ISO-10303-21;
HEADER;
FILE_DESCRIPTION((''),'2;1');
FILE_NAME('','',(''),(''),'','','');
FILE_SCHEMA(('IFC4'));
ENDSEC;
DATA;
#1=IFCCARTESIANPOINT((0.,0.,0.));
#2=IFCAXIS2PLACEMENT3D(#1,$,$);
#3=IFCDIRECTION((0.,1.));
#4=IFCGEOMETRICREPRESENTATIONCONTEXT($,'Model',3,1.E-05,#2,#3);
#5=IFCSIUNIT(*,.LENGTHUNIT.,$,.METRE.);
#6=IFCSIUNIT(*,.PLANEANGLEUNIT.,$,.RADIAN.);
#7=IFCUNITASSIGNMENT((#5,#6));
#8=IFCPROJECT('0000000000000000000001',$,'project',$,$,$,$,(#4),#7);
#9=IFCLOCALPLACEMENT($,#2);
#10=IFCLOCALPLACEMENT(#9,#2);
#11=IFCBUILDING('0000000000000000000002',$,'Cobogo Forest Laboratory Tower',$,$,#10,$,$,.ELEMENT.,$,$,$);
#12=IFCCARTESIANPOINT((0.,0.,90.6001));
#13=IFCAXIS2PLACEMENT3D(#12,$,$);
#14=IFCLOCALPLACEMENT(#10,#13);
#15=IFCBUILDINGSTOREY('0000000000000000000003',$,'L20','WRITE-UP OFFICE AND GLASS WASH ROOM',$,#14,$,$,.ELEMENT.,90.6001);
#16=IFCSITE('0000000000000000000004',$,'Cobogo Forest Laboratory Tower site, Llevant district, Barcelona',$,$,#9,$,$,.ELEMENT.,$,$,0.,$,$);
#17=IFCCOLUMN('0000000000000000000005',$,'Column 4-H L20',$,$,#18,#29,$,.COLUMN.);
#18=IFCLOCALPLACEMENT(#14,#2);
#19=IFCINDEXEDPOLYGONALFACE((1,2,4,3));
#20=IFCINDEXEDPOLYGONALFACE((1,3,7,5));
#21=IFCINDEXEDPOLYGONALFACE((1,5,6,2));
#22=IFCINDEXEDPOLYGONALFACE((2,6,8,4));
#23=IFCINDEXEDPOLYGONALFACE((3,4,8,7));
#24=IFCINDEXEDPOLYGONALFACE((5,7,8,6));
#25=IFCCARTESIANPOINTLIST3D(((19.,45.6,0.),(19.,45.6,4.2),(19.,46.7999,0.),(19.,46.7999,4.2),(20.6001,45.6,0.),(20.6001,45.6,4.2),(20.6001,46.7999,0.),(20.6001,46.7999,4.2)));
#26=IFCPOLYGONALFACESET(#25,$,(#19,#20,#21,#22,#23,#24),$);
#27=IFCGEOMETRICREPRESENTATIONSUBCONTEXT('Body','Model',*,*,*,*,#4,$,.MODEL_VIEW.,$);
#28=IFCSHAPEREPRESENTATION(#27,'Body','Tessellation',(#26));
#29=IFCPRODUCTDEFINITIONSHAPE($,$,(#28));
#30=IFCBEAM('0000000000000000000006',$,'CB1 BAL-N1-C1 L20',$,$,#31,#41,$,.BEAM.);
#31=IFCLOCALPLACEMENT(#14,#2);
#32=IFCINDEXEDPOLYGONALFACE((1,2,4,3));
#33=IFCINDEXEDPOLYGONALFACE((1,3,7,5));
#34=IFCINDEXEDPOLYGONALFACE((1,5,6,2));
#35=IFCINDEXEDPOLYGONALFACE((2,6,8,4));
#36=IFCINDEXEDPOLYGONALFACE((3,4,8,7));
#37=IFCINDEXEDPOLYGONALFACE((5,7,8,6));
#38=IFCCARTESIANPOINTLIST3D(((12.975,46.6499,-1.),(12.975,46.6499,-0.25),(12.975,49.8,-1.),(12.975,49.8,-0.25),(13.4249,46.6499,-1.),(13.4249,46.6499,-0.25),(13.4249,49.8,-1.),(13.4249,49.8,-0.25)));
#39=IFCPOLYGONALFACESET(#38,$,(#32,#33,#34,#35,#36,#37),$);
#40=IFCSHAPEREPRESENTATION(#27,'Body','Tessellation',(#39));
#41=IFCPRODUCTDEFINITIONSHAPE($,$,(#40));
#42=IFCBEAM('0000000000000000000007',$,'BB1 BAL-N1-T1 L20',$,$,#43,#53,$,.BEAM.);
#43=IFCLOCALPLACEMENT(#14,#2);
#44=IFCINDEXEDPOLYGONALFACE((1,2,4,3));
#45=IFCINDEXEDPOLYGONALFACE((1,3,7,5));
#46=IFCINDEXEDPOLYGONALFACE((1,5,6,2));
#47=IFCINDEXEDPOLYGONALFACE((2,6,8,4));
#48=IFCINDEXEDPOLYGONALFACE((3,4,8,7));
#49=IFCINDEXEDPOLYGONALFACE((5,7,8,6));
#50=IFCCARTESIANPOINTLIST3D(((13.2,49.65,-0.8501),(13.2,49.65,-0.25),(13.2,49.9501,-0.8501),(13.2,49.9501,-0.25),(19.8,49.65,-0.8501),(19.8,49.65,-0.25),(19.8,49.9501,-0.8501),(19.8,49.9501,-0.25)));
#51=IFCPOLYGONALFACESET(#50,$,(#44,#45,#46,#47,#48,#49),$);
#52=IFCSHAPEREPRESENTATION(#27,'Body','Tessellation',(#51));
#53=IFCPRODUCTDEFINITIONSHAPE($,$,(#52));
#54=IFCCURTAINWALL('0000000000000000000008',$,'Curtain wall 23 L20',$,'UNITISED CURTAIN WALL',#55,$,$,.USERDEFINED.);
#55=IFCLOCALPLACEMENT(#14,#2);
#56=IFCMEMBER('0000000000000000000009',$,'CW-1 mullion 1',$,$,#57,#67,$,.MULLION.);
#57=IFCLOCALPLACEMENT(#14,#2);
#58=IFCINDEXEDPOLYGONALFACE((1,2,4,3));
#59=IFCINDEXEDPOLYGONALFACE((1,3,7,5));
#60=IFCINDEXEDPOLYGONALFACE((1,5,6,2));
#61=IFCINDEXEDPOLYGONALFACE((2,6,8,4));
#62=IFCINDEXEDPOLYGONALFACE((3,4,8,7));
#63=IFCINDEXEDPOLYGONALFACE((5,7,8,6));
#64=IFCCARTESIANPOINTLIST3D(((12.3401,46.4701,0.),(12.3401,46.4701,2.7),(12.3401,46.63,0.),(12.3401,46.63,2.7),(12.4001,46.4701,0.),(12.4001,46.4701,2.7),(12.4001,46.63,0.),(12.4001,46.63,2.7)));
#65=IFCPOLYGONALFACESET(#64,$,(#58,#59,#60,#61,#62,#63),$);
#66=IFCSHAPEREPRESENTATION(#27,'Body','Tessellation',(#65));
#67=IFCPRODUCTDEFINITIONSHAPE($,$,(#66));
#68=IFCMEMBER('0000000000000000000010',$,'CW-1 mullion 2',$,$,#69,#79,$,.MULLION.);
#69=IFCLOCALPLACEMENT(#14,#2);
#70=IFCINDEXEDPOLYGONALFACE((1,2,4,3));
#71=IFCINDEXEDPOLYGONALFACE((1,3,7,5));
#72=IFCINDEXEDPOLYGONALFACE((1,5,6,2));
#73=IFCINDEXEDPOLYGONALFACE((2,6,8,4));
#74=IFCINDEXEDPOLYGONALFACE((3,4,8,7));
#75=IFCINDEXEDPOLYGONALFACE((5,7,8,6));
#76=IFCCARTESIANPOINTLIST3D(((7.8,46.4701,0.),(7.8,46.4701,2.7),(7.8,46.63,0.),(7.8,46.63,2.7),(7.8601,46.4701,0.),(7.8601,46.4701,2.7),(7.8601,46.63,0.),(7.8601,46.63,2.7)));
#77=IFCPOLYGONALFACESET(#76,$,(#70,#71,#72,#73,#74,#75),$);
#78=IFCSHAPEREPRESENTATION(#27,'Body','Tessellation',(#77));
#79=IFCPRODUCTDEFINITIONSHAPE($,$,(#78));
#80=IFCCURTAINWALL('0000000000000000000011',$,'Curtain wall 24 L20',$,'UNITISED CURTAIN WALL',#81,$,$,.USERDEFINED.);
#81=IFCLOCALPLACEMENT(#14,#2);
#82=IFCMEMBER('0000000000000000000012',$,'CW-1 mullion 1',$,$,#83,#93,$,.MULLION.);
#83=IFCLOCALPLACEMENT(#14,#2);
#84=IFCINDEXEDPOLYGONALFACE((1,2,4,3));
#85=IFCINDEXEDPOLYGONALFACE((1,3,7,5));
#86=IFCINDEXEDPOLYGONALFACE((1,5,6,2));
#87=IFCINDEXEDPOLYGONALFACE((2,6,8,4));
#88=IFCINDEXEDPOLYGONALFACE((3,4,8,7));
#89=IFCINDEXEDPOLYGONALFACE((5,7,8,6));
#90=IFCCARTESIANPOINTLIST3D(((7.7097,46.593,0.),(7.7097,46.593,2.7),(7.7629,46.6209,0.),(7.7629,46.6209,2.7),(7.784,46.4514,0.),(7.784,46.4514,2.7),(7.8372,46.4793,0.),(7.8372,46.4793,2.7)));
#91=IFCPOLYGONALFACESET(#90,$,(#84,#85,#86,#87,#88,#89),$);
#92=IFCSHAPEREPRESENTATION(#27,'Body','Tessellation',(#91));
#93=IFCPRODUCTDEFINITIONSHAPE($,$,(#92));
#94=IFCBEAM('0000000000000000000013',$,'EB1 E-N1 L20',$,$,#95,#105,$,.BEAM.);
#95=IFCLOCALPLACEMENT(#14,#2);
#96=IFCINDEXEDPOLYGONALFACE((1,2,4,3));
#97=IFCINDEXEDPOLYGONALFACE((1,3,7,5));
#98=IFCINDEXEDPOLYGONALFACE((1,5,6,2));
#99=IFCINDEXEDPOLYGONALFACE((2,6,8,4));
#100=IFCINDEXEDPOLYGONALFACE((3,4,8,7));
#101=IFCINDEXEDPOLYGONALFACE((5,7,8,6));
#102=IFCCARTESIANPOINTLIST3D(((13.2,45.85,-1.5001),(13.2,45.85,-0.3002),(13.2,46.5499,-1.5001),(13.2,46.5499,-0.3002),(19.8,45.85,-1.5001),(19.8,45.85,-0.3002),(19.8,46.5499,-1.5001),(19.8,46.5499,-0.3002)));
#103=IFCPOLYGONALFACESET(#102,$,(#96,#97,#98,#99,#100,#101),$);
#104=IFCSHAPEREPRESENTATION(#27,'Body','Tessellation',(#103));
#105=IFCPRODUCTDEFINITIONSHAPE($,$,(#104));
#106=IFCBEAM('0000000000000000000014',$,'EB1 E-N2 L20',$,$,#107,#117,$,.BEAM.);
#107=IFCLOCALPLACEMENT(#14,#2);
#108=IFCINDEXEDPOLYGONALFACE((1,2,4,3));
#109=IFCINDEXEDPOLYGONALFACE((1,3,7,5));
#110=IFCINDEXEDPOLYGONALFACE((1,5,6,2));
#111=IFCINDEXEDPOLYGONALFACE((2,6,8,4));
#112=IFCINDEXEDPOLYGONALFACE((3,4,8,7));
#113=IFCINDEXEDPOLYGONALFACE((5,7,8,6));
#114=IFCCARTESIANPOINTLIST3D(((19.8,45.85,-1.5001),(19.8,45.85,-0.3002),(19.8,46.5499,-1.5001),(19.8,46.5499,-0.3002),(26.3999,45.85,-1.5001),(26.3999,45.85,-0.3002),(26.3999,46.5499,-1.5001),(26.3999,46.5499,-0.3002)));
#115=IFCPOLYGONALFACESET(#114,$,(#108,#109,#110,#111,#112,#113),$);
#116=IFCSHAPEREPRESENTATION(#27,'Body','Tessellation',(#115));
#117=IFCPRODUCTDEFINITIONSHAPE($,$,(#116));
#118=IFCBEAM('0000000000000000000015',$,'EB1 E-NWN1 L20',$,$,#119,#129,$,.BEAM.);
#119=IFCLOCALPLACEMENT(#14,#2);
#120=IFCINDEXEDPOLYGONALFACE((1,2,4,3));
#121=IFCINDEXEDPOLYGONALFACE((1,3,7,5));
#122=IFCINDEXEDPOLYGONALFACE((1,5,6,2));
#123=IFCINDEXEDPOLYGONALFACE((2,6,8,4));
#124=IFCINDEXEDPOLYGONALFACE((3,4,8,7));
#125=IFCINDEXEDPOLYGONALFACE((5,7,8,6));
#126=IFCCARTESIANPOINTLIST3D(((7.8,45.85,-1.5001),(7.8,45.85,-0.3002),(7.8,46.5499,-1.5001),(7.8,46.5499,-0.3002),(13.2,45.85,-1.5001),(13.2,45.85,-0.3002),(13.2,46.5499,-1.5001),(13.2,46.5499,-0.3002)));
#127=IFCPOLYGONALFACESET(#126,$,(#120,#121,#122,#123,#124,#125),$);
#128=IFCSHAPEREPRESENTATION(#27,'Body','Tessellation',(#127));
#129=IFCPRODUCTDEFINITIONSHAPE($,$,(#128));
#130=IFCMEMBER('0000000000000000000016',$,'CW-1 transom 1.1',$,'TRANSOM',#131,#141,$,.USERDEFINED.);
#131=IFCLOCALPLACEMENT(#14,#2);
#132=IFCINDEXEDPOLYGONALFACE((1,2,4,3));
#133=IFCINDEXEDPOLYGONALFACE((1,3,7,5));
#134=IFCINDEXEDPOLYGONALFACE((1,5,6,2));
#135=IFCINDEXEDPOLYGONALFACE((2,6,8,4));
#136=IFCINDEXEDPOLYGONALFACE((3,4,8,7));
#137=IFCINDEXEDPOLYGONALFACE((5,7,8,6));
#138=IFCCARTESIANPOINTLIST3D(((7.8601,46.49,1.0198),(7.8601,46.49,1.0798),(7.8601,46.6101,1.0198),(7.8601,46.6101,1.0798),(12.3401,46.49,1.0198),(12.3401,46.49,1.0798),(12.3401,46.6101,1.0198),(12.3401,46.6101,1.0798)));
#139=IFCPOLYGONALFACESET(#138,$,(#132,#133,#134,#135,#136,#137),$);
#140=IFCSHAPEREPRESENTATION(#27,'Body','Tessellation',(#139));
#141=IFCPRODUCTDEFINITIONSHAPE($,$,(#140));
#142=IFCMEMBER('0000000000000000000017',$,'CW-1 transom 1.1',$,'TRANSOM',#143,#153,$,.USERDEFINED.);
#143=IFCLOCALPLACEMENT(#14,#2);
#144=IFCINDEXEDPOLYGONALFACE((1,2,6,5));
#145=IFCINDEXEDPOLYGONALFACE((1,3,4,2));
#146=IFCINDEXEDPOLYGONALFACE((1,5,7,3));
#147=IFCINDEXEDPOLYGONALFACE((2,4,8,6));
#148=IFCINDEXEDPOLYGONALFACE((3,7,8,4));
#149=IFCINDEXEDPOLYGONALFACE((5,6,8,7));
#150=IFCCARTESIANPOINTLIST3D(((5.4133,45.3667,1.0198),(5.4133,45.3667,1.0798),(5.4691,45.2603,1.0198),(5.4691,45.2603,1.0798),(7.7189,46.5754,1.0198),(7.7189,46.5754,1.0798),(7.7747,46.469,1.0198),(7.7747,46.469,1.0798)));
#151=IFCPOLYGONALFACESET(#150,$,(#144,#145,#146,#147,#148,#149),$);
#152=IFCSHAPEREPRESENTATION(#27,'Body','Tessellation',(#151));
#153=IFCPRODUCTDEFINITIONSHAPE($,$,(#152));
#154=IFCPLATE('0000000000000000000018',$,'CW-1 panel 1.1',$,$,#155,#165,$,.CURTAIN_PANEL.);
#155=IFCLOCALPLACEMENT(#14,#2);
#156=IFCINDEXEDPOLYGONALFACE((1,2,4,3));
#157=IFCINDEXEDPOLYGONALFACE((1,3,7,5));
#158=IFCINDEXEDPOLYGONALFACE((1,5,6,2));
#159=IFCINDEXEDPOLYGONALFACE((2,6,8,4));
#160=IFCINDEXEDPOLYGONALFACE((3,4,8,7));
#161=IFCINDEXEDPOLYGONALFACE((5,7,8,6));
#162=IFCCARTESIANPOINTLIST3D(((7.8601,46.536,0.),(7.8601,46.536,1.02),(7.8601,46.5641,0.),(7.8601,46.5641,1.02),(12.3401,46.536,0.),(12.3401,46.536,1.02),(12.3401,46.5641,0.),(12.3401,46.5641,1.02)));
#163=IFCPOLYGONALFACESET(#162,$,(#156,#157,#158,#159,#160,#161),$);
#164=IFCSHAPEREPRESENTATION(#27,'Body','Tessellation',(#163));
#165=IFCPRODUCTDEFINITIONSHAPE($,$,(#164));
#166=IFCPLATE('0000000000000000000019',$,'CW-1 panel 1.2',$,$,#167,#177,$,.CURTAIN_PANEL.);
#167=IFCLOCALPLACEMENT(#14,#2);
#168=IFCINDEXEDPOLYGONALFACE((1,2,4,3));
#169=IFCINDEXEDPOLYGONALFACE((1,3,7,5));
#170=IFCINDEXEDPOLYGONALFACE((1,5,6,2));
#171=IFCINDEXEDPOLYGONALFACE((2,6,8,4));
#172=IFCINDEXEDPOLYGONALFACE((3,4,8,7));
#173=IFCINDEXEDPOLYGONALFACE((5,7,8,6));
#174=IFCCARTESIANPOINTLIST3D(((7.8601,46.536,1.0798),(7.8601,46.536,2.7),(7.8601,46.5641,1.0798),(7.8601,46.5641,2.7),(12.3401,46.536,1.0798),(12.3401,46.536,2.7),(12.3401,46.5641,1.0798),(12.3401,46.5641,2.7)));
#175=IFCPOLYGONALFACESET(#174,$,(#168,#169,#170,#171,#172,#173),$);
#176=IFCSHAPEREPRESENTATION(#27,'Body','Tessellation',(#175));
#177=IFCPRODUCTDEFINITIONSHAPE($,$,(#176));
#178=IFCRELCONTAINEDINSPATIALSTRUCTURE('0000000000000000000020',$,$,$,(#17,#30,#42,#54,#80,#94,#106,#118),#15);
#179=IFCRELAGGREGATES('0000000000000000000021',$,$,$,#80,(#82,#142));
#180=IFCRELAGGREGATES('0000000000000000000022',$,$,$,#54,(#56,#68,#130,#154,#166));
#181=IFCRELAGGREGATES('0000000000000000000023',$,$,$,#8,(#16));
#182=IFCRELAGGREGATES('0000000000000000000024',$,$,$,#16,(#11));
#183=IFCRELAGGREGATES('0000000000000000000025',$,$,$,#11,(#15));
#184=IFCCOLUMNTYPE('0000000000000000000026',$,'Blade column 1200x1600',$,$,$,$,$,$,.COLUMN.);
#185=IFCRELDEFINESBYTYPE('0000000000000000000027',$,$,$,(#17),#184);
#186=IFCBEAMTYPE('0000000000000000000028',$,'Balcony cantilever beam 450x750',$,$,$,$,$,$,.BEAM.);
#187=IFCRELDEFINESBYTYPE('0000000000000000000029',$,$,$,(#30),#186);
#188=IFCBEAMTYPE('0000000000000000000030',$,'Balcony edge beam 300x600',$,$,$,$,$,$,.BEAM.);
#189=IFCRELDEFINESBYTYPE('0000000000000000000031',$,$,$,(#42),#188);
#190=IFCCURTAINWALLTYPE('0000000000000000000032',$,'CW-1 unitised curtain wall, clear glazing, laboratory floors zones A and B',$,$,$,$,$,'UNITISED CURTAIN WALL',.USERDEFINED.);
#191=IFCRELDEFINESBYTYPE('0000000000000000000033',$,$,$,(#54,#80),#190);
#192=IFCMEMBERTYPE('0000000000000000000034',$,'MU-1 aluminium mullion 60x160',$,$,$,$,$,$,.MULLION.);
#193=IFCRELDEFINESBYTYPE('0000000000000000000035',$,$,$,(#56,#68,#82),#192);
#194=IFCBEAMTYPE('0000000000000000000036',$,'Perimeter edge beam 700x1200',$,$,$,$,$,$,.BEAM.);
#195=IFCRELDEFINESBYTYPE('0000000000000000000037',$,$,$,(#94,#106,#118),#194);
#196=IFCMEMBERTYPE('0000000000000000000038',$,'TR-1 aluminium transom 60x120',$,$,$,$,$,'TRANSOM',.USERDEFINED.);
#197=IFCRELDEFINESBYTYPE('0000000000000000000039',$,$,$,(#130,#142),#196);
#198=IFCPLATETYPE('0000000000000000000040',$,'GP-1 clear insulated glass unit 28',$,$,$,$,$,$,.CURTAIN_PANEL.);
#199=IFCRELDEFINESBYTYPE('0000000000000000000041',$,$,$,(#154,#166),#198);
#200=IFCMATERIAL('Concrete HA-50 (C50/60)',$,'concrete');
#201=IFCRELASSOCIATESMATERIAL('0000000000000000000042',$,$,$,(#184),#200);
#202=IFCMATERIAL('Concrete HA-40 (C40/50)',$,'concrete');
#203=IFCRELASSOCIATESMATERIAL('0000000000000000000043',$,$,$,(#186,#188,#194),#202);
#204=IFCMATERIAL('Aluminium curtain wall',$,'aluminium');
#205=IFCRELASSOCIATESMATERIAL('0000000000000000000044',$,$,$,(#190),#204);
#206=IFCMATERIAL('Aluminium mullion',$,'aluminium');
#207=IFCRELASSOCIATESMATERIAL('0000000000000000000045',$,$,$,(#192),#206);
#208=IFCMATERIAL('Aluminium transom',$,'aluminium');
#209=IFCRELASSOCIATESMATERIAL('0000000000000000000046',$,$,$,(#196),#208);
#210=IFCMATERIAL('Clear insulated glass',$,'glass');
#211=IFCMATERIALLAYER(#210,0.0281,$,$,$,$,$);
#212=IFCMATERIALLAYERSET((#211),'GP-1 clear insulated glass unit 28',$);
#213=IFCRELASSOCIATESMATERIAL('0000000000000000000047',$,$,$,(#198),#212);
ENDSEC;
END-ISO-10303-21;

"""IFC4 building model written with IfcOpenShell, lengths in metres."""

from ifc_helpers import new_model, si_unit, direction, frame, origin, origin_2d, place, context, subcontext, project, spatial, rectangle, extrude, material, layer, layer_set, material_profile, profile_set, type_object, element, aggregate, save


model = new_model("IFC4")

# Units and contexts
model_context = context("Model", 3, precision=1e-05, world=origin(), true_north=direction((0.0, 1.0)))
body_context = subcontext(model_context, "Body", "Model", "MODEL_VIEW")
ifc_project = project(units=[si_unit("LENGTHUNIT", "METRE"), si_unit("PLANEANGLEUNIT", "RADIAN")], contexts=[model_context])

# Site, building, storey
site_placement = place(None, origin())
site = spatial("IfcSite", under=ifc_project, at=site_placement, Name="Cobogo Forest Laboratory Tower site, Llevant district, Barcelona", CompositionType="ELEMENT", RefElevation=0.0)
building_placement = place(site_placement, origin())
building = spatial("IfcBuilding", under=site, at=building_placement, Name="Cobogo Forest Laboratory Tower", CompositionType="ELEMENT")
storey_placement = place(building_placement, frame((0.0, 0.0, 90.6001)))
storey = spatial("IfcBuildingStorey", under=building, at=storey_placement, Name="L20", Description="WRITE-UP OFFICE AND GLASS WASH ROOM", CompositionType="ELEMENT", Elevation=90.6001)

# Column
ifc_material_1 = material(Name="Concrete HA-50 (C50/60)", Category="concrete")
ifc_material_profile_1 = material_profile(ifc_material_1, rectangle(XDim=1.6001, YDim=1.2, at=origin_2d()), Name="RC 1200x1600")
ifc_profile_set_1 = profile_set([ifc_material_profile_1], Name="Concrete HA-50 (C50/60)")
column_type = type_object("IfcColumnType", Name="Blade column 1200x1600", PredefinedType="COLUMN", material=ifc_profile_set_1)
column_placement = place(storey_placement, frame((19.8, 46.2, 0.0), z_axis=(0.0, 0.0, 1.0), x_axis=(1.0, 0.0, 0.0)))
element("IfcColumn", 1, at=column_placement, inside=storey, type_object=column_type, Name="Column 4-H L20", PredefinedType="COLUMN", context=body_context, shape_type="SweptSolid", body=[
    extrude(rectangle(XDim=1.6001, YDim=1.2, at=origin_2d()), origin(), (0.0, 0.0, 1.0), 4.2),
])

# Beams
ifc_material_2 = material(Name="Concrete HA-40 (C40/50)", Category="concrete")
ifc_material_profile_2 = material_profile(ifc_material_2, rectangle(XDim=0.45, YDim=0.75, at=origin_2d()), Name="RC 450x750")
ifc_profile_set_2 = profile_set([ifc_material_profile_2], Name="Concrete HA-40 (C40/50)")
beam_type_1 = type_object("IfcBeamType", Name="Balcony cantilever beam 450x750", PredefinedType="BEAM", material=ifc_profile_set_2)
beam_1_placement = place(storey_placement, frame((13.2, 46.6499, -0.625), z_axis=(0.0, 1.0, 0.0), x_axis=(-1.0, 0.0, 0.0)))
element("IfcBeam", 2, at=beam_1_placement, inside=storey, type_object=beam_type_1, Name="CB1 BAL-N1-C1 L20", PredefinedType="BEAM", context=body_context, shape_type="SweptSolid", body=[
    extrude(rectangle(XDim=0.45, YDim=0.75, at=origin_2d()), origin(), (0.0, 0.0, 1.0), 3.1501),
])
ifc_material_profile_3 = material_profile(ifc_material_2, rectangle(XDim=0.3, YDim=0.6001, at=origin_2d()), Name="RC 300x600")
ifc_profile_set_3 = profile_set([ifc_material_profile_3], Name="Concrete HA-40 (C40/50)")
beam_type_2 = type_object("IfcBeamType", Name="Balcony edge beam 300x600", PredefinedType="BEAM", material=ifc_profile_set_3)
beam_2_placement = place(storey_placement, frame((13.2, 49.8, -0.55), z_axis=(1.0, 0.0, 0.0), x_axis=(0.0, 1.0, 0.0)))
element("IfcBeam", 3, at=beam_2_placement, inside=storey, type_object=beam_type_2, Name="BB1 BAL-N1-T1 L20", PredefinedType="BEAM", context=body_context, shape_type="SweptSolid", body=[
    extrude(rectangle(XDim=0.3, YDim=0.6001, at=origin_2d()), origin(), (0.0, 0.0, 1.0), 6.6001),
])

# Curtain wall, members
ifc_material_3 = material(Name="Aluminium curtain wall", Category="aluminium")
curtain_wall_type = type_object("IfcCurtainWallType", Name="CW-1 unitised curtain wall, clear glazing, laboratory floors zones A and B", ElementType="UNITISED CURTAIN WALL", PredefinedType="USERDEFINED", material=ifc_material_3)
curtain_wall_1_placement = place(storey_placement, origin())
curtain_wall_1 = element("IfcCurtainWall", 4, at=curtain_wall_1_placement, inside=storey, type_object=curtain_wall_type, Name="Curtain wall 23 L20", ObjectType="UNITISED CURTAIN WALL", PredefinedType="USERDEFINED")
ifc_material_4 = material(Name="Aluminium mullion", Category="aluminium")
ifc_material_profile_4 = material_profile(ifc_material_4, rectangle(XDim=0.0601, YDim=0.1599, at=origin_2d()), Name="AL 60x160")
ifc_profile_set_4 = profile_set([ifc_material_profile_4], Name="Aluminium mullion")
member_type_1 = type_object("IfcMemberType", Name="MU-1 aluminium mullion 60x160", PredefinedType="MULLION", material=ifc_profile_set_4)
member_1_placement = place(storey_placement, frame((12.3701, 46.55, 0.0), z_axis=(0.0, 0.0, 1.0), x_axis=(-1.0, 0.0, 0.0)))
member_1 = element("IfcMember", 5, at=member_1_placement, type_object=member_type_1, Name="CW-1 mullion 1", PredefinedType="MULLION", context=body_context, shape_type="SweptSolid", body=[
    extrude(rectangle(XDim=0.0601, YDim=0.1599, at=origin_2d()), origin(), (0.0, 0.0, 1.0), 2.7),
])
member_2_placement = place(storey_placement, frame((7.8301, 46.55, 0.0), z_axis=(0.0, 0.0, 1.0), x_axis=(-1.0, 0.0, 0.0)))
member_2 = element("IfcMember", 6, at=member_2_placement, type_object=member_type_1, Name="CW-1 mullion 2", PredefinedType="MULLION", context=body_context, shape_type="SweptSolid", body=[
    extrude(rectangle(XDim=0.0601, YDim=0.1599, at=origin_2d()), origin(), (0.0, 0.0, 1.0), 2.7),
])

# Curtain wall, member
curtain_wall_2_placement = place(storey_placement, origin())
curtain_wall_2 = element("IfcCurtainWall", 7, at=curtain_wall_2_placement, inside=storey, type_object=curtain_wall_type, Name="Curtain wall 24 L20", ObjectType="UNITISED CURTAIN WALL", PredefinedType="USERDEFINED")
member_3_placement = place(storey_placement, frame((7.7734, 46.5361, 0.0), z_axis=(0.0, 0.0, 1.0), x_axis=(-0.885687, -0.464284, 0.0)))
member_3 = element("IfcMember", 8, at=member_3_placement, type_object=member_type_1, Name="CW-1 mullion 1", PredefinedType="MULLION", context=body_context, shape_type="SweptSolid", body=[
    extrude(rectangle(XDim=0.0601, YDim=0.1599, at=origin_2d()), origin(), (0.0, 0.0, 1.0), 2.7),
])

# Beams
ifc_material_profile_5 = material_profile(ifc_material_2, rectangle(XDim=0.7, YDim=1.2, at=origin_2d()), Name="RC 700x1200")
ifc_profile_set_5 = profile_set([ifc_material_profile_5], Name="Concrete HA-40 (C40/50)")
beam_type_3 = type_object("IfcBeamType", Name="Perimeter edge beam 700x1200", PredefinedType="BEAM", material=ifc_profile_set_5)
beam_3_placement = place(storey_placement, frame((13.2, 46.2, -0.9001), z_axis=(1.0, 0.0, 0.0), x_axis=(0.0, 1.0, 0.0)))
element("IfcBeam", 9, at=beam_3_placement, inside=storey, type_object=beam_type_3, Name="EB1 E-N1 L20", PredefinedType="BEAM", context=body_context, shape_type="SweptSolid", body=[
    extrude(rectangle(XDim=0.7, YDim=1.2, at=origin_2d()), origin(), (0.0, 0.0, 1.0), 6.6001),
])
beam_4_placement = place(storey_placement, frame((19.8, 46.2, -0.9001), z_axis=(1.0, 0.0, 0.0), x_axis=(0.0, 1.0, 0.0)))
element("IfcBeam", 10, at=beam_4_placement, inside=storey, type_object=beam_type_3, Name="EB1 E-N2 L20", PredefinedType="BEAM", context=body_context, shape_type="SweptSolid", body=[
    extrude(rectangle(XDim=0.7, YDim=1.2, at=origin_2d()), origin(), (0.0, 0.0, 1.0), 6.5999),
])
beam_5_placement = place(storey_placement, frame((13.2, 46.2, -0.9001), z_axis=(-1.0, 0.0, 0.0), x_axis=(0.0, -1.0, 0.0)))
element("IfcBeam", 11, at=beam_5_placement, inside=storey, type_object=beam_type_3, Name="EB1 E-NWN1 L20", PredefinedType="BEAM", context=body_context, shape_type="SweptSolid", body=[
    extrude(rectangle(XDim=0.7, YDim=1.2, at=origin_2d()), origin(), (0.0, 0.0, 1.0), 5.3999),
])

# Members
ifc_material_5 = material(Name="Aluminium transom", Category="aluminium")
ifc_material_profile_6 = material_profile(ifc_material_5, rectangle(XDim=0.1201, YDim=0.0601, at=origin_2d()), Name="AL 60x120")
ifc_profile_set_6 = profile_set([ifc_material_profile_6], Name="Aluminium transom")
member_type_2 = type_object("IfcMemberType", Name="TR-1 aluminium transom 60x120", ElementType="TRANSOM", PredefinedType="USERDEFINED", material=ifc_profile_set_6)
member_4_placement = place(storey_placement, frame((12.3401, 46.55, 1.0498), z_axis=(-1.0, 0.0, 0.0), x_axis=(0.0, -1.0, 0.0)))
member_4 = element("IfcMember", 12, at=member_4_placement, type_object=member_type_2, Name="CW-1 transom 1.1", ObjectType="TRANSOM", PredefinedType="USERDEFINED", context=body_context, shape_type="SweptSolid", body=[
    extrude(rectangle(XDim=0.1201, YDim=0.0601, at=origin_2d()), origin(), (0.0, 0.0, 1.0), 4.48),
])
member_5_placement = place(storey_placement, frame((7.7468, 46.5222, 1.0498), z_axis=(-0.885672, -0.464312, 0.0), x_axis=(0.464312, -0.885672, 0.0)))
member_5 = element("IfcMember", 13, at=member_5_placement, type_object=member_type_2, Name="CW-1 transom 1.1", ObjectType="TRANSOM", PredefinedType="USERDEFINED", context=body_context, shape_type="SweptSolid", body=[
    extrude(rectangle(XDim=0.1201, YDim=0.0601, at=origin_2d()), origin(), (0.0, 0.0, 1.0), 2.6033),
])
aggregate(curtain_wall_2, [member_3, member_5])

# Plates
ifc_material_6 = material(Name="Clear insulated glass", Category="glass")
ifc_layer_1 = layer(ifc_material_6, 0.0281)
ifc_layer_set_1 = layer_set([ifc_layer_1], Name="GP-1 clear insulated glass unit 28")
plate_type = type_object("IfcPlateType", Name="GP-1 clear insulated glass unit 28", PredefinedType="CURTAIN_PANEL", material=ifc_layer_set_1)
plate_1_placement = place(storey_placement, frame((10.1001, 46.55, 0.0), z_axis=(0.0, 0.0, 1.0), x_axis=(-1.0, 0.0, 0.0)))
plate_1 = element("IfcPlate", 14, at=plate_1_placement, type_object=plate_type, Name="CW-1 panel 1.1", PredefinedType="CURTAIN_PANEL", context=body_context, shape_type="SweptSolid", body=[
    extrude(rectangle(XDim=4.48, YDim=0.0281, at=origin_2d()), origin(), (0.0, 0.0, 1.0), 1.02),
])
plate_2_placement = place(storey_placement, frame((10.1001, 46.55, 1.0798), z_axis=(0.0, 0.0, 1.0), x_axis=(-1.0, 0.0, 0.0)))
plate_2 = element("IfcPlate", 15, at=plate_2_placement, type_object=plate_type, Name="CW-1 panel 1.2", PredefinedType="CURTAIN_PANEL", context=body_context, shape_type="SweptSolid", body=[
    extrude(rectangle(XDim=4.48, YDim=0.0281, at=origin_2d()), origin(), (0.0, 0.0, 1.0), 1.6201),
])
aggregate(curtain_wall_1, [member_1, member_2, member_4, plate_1, plate_2])

save(model, "model.ifc")
